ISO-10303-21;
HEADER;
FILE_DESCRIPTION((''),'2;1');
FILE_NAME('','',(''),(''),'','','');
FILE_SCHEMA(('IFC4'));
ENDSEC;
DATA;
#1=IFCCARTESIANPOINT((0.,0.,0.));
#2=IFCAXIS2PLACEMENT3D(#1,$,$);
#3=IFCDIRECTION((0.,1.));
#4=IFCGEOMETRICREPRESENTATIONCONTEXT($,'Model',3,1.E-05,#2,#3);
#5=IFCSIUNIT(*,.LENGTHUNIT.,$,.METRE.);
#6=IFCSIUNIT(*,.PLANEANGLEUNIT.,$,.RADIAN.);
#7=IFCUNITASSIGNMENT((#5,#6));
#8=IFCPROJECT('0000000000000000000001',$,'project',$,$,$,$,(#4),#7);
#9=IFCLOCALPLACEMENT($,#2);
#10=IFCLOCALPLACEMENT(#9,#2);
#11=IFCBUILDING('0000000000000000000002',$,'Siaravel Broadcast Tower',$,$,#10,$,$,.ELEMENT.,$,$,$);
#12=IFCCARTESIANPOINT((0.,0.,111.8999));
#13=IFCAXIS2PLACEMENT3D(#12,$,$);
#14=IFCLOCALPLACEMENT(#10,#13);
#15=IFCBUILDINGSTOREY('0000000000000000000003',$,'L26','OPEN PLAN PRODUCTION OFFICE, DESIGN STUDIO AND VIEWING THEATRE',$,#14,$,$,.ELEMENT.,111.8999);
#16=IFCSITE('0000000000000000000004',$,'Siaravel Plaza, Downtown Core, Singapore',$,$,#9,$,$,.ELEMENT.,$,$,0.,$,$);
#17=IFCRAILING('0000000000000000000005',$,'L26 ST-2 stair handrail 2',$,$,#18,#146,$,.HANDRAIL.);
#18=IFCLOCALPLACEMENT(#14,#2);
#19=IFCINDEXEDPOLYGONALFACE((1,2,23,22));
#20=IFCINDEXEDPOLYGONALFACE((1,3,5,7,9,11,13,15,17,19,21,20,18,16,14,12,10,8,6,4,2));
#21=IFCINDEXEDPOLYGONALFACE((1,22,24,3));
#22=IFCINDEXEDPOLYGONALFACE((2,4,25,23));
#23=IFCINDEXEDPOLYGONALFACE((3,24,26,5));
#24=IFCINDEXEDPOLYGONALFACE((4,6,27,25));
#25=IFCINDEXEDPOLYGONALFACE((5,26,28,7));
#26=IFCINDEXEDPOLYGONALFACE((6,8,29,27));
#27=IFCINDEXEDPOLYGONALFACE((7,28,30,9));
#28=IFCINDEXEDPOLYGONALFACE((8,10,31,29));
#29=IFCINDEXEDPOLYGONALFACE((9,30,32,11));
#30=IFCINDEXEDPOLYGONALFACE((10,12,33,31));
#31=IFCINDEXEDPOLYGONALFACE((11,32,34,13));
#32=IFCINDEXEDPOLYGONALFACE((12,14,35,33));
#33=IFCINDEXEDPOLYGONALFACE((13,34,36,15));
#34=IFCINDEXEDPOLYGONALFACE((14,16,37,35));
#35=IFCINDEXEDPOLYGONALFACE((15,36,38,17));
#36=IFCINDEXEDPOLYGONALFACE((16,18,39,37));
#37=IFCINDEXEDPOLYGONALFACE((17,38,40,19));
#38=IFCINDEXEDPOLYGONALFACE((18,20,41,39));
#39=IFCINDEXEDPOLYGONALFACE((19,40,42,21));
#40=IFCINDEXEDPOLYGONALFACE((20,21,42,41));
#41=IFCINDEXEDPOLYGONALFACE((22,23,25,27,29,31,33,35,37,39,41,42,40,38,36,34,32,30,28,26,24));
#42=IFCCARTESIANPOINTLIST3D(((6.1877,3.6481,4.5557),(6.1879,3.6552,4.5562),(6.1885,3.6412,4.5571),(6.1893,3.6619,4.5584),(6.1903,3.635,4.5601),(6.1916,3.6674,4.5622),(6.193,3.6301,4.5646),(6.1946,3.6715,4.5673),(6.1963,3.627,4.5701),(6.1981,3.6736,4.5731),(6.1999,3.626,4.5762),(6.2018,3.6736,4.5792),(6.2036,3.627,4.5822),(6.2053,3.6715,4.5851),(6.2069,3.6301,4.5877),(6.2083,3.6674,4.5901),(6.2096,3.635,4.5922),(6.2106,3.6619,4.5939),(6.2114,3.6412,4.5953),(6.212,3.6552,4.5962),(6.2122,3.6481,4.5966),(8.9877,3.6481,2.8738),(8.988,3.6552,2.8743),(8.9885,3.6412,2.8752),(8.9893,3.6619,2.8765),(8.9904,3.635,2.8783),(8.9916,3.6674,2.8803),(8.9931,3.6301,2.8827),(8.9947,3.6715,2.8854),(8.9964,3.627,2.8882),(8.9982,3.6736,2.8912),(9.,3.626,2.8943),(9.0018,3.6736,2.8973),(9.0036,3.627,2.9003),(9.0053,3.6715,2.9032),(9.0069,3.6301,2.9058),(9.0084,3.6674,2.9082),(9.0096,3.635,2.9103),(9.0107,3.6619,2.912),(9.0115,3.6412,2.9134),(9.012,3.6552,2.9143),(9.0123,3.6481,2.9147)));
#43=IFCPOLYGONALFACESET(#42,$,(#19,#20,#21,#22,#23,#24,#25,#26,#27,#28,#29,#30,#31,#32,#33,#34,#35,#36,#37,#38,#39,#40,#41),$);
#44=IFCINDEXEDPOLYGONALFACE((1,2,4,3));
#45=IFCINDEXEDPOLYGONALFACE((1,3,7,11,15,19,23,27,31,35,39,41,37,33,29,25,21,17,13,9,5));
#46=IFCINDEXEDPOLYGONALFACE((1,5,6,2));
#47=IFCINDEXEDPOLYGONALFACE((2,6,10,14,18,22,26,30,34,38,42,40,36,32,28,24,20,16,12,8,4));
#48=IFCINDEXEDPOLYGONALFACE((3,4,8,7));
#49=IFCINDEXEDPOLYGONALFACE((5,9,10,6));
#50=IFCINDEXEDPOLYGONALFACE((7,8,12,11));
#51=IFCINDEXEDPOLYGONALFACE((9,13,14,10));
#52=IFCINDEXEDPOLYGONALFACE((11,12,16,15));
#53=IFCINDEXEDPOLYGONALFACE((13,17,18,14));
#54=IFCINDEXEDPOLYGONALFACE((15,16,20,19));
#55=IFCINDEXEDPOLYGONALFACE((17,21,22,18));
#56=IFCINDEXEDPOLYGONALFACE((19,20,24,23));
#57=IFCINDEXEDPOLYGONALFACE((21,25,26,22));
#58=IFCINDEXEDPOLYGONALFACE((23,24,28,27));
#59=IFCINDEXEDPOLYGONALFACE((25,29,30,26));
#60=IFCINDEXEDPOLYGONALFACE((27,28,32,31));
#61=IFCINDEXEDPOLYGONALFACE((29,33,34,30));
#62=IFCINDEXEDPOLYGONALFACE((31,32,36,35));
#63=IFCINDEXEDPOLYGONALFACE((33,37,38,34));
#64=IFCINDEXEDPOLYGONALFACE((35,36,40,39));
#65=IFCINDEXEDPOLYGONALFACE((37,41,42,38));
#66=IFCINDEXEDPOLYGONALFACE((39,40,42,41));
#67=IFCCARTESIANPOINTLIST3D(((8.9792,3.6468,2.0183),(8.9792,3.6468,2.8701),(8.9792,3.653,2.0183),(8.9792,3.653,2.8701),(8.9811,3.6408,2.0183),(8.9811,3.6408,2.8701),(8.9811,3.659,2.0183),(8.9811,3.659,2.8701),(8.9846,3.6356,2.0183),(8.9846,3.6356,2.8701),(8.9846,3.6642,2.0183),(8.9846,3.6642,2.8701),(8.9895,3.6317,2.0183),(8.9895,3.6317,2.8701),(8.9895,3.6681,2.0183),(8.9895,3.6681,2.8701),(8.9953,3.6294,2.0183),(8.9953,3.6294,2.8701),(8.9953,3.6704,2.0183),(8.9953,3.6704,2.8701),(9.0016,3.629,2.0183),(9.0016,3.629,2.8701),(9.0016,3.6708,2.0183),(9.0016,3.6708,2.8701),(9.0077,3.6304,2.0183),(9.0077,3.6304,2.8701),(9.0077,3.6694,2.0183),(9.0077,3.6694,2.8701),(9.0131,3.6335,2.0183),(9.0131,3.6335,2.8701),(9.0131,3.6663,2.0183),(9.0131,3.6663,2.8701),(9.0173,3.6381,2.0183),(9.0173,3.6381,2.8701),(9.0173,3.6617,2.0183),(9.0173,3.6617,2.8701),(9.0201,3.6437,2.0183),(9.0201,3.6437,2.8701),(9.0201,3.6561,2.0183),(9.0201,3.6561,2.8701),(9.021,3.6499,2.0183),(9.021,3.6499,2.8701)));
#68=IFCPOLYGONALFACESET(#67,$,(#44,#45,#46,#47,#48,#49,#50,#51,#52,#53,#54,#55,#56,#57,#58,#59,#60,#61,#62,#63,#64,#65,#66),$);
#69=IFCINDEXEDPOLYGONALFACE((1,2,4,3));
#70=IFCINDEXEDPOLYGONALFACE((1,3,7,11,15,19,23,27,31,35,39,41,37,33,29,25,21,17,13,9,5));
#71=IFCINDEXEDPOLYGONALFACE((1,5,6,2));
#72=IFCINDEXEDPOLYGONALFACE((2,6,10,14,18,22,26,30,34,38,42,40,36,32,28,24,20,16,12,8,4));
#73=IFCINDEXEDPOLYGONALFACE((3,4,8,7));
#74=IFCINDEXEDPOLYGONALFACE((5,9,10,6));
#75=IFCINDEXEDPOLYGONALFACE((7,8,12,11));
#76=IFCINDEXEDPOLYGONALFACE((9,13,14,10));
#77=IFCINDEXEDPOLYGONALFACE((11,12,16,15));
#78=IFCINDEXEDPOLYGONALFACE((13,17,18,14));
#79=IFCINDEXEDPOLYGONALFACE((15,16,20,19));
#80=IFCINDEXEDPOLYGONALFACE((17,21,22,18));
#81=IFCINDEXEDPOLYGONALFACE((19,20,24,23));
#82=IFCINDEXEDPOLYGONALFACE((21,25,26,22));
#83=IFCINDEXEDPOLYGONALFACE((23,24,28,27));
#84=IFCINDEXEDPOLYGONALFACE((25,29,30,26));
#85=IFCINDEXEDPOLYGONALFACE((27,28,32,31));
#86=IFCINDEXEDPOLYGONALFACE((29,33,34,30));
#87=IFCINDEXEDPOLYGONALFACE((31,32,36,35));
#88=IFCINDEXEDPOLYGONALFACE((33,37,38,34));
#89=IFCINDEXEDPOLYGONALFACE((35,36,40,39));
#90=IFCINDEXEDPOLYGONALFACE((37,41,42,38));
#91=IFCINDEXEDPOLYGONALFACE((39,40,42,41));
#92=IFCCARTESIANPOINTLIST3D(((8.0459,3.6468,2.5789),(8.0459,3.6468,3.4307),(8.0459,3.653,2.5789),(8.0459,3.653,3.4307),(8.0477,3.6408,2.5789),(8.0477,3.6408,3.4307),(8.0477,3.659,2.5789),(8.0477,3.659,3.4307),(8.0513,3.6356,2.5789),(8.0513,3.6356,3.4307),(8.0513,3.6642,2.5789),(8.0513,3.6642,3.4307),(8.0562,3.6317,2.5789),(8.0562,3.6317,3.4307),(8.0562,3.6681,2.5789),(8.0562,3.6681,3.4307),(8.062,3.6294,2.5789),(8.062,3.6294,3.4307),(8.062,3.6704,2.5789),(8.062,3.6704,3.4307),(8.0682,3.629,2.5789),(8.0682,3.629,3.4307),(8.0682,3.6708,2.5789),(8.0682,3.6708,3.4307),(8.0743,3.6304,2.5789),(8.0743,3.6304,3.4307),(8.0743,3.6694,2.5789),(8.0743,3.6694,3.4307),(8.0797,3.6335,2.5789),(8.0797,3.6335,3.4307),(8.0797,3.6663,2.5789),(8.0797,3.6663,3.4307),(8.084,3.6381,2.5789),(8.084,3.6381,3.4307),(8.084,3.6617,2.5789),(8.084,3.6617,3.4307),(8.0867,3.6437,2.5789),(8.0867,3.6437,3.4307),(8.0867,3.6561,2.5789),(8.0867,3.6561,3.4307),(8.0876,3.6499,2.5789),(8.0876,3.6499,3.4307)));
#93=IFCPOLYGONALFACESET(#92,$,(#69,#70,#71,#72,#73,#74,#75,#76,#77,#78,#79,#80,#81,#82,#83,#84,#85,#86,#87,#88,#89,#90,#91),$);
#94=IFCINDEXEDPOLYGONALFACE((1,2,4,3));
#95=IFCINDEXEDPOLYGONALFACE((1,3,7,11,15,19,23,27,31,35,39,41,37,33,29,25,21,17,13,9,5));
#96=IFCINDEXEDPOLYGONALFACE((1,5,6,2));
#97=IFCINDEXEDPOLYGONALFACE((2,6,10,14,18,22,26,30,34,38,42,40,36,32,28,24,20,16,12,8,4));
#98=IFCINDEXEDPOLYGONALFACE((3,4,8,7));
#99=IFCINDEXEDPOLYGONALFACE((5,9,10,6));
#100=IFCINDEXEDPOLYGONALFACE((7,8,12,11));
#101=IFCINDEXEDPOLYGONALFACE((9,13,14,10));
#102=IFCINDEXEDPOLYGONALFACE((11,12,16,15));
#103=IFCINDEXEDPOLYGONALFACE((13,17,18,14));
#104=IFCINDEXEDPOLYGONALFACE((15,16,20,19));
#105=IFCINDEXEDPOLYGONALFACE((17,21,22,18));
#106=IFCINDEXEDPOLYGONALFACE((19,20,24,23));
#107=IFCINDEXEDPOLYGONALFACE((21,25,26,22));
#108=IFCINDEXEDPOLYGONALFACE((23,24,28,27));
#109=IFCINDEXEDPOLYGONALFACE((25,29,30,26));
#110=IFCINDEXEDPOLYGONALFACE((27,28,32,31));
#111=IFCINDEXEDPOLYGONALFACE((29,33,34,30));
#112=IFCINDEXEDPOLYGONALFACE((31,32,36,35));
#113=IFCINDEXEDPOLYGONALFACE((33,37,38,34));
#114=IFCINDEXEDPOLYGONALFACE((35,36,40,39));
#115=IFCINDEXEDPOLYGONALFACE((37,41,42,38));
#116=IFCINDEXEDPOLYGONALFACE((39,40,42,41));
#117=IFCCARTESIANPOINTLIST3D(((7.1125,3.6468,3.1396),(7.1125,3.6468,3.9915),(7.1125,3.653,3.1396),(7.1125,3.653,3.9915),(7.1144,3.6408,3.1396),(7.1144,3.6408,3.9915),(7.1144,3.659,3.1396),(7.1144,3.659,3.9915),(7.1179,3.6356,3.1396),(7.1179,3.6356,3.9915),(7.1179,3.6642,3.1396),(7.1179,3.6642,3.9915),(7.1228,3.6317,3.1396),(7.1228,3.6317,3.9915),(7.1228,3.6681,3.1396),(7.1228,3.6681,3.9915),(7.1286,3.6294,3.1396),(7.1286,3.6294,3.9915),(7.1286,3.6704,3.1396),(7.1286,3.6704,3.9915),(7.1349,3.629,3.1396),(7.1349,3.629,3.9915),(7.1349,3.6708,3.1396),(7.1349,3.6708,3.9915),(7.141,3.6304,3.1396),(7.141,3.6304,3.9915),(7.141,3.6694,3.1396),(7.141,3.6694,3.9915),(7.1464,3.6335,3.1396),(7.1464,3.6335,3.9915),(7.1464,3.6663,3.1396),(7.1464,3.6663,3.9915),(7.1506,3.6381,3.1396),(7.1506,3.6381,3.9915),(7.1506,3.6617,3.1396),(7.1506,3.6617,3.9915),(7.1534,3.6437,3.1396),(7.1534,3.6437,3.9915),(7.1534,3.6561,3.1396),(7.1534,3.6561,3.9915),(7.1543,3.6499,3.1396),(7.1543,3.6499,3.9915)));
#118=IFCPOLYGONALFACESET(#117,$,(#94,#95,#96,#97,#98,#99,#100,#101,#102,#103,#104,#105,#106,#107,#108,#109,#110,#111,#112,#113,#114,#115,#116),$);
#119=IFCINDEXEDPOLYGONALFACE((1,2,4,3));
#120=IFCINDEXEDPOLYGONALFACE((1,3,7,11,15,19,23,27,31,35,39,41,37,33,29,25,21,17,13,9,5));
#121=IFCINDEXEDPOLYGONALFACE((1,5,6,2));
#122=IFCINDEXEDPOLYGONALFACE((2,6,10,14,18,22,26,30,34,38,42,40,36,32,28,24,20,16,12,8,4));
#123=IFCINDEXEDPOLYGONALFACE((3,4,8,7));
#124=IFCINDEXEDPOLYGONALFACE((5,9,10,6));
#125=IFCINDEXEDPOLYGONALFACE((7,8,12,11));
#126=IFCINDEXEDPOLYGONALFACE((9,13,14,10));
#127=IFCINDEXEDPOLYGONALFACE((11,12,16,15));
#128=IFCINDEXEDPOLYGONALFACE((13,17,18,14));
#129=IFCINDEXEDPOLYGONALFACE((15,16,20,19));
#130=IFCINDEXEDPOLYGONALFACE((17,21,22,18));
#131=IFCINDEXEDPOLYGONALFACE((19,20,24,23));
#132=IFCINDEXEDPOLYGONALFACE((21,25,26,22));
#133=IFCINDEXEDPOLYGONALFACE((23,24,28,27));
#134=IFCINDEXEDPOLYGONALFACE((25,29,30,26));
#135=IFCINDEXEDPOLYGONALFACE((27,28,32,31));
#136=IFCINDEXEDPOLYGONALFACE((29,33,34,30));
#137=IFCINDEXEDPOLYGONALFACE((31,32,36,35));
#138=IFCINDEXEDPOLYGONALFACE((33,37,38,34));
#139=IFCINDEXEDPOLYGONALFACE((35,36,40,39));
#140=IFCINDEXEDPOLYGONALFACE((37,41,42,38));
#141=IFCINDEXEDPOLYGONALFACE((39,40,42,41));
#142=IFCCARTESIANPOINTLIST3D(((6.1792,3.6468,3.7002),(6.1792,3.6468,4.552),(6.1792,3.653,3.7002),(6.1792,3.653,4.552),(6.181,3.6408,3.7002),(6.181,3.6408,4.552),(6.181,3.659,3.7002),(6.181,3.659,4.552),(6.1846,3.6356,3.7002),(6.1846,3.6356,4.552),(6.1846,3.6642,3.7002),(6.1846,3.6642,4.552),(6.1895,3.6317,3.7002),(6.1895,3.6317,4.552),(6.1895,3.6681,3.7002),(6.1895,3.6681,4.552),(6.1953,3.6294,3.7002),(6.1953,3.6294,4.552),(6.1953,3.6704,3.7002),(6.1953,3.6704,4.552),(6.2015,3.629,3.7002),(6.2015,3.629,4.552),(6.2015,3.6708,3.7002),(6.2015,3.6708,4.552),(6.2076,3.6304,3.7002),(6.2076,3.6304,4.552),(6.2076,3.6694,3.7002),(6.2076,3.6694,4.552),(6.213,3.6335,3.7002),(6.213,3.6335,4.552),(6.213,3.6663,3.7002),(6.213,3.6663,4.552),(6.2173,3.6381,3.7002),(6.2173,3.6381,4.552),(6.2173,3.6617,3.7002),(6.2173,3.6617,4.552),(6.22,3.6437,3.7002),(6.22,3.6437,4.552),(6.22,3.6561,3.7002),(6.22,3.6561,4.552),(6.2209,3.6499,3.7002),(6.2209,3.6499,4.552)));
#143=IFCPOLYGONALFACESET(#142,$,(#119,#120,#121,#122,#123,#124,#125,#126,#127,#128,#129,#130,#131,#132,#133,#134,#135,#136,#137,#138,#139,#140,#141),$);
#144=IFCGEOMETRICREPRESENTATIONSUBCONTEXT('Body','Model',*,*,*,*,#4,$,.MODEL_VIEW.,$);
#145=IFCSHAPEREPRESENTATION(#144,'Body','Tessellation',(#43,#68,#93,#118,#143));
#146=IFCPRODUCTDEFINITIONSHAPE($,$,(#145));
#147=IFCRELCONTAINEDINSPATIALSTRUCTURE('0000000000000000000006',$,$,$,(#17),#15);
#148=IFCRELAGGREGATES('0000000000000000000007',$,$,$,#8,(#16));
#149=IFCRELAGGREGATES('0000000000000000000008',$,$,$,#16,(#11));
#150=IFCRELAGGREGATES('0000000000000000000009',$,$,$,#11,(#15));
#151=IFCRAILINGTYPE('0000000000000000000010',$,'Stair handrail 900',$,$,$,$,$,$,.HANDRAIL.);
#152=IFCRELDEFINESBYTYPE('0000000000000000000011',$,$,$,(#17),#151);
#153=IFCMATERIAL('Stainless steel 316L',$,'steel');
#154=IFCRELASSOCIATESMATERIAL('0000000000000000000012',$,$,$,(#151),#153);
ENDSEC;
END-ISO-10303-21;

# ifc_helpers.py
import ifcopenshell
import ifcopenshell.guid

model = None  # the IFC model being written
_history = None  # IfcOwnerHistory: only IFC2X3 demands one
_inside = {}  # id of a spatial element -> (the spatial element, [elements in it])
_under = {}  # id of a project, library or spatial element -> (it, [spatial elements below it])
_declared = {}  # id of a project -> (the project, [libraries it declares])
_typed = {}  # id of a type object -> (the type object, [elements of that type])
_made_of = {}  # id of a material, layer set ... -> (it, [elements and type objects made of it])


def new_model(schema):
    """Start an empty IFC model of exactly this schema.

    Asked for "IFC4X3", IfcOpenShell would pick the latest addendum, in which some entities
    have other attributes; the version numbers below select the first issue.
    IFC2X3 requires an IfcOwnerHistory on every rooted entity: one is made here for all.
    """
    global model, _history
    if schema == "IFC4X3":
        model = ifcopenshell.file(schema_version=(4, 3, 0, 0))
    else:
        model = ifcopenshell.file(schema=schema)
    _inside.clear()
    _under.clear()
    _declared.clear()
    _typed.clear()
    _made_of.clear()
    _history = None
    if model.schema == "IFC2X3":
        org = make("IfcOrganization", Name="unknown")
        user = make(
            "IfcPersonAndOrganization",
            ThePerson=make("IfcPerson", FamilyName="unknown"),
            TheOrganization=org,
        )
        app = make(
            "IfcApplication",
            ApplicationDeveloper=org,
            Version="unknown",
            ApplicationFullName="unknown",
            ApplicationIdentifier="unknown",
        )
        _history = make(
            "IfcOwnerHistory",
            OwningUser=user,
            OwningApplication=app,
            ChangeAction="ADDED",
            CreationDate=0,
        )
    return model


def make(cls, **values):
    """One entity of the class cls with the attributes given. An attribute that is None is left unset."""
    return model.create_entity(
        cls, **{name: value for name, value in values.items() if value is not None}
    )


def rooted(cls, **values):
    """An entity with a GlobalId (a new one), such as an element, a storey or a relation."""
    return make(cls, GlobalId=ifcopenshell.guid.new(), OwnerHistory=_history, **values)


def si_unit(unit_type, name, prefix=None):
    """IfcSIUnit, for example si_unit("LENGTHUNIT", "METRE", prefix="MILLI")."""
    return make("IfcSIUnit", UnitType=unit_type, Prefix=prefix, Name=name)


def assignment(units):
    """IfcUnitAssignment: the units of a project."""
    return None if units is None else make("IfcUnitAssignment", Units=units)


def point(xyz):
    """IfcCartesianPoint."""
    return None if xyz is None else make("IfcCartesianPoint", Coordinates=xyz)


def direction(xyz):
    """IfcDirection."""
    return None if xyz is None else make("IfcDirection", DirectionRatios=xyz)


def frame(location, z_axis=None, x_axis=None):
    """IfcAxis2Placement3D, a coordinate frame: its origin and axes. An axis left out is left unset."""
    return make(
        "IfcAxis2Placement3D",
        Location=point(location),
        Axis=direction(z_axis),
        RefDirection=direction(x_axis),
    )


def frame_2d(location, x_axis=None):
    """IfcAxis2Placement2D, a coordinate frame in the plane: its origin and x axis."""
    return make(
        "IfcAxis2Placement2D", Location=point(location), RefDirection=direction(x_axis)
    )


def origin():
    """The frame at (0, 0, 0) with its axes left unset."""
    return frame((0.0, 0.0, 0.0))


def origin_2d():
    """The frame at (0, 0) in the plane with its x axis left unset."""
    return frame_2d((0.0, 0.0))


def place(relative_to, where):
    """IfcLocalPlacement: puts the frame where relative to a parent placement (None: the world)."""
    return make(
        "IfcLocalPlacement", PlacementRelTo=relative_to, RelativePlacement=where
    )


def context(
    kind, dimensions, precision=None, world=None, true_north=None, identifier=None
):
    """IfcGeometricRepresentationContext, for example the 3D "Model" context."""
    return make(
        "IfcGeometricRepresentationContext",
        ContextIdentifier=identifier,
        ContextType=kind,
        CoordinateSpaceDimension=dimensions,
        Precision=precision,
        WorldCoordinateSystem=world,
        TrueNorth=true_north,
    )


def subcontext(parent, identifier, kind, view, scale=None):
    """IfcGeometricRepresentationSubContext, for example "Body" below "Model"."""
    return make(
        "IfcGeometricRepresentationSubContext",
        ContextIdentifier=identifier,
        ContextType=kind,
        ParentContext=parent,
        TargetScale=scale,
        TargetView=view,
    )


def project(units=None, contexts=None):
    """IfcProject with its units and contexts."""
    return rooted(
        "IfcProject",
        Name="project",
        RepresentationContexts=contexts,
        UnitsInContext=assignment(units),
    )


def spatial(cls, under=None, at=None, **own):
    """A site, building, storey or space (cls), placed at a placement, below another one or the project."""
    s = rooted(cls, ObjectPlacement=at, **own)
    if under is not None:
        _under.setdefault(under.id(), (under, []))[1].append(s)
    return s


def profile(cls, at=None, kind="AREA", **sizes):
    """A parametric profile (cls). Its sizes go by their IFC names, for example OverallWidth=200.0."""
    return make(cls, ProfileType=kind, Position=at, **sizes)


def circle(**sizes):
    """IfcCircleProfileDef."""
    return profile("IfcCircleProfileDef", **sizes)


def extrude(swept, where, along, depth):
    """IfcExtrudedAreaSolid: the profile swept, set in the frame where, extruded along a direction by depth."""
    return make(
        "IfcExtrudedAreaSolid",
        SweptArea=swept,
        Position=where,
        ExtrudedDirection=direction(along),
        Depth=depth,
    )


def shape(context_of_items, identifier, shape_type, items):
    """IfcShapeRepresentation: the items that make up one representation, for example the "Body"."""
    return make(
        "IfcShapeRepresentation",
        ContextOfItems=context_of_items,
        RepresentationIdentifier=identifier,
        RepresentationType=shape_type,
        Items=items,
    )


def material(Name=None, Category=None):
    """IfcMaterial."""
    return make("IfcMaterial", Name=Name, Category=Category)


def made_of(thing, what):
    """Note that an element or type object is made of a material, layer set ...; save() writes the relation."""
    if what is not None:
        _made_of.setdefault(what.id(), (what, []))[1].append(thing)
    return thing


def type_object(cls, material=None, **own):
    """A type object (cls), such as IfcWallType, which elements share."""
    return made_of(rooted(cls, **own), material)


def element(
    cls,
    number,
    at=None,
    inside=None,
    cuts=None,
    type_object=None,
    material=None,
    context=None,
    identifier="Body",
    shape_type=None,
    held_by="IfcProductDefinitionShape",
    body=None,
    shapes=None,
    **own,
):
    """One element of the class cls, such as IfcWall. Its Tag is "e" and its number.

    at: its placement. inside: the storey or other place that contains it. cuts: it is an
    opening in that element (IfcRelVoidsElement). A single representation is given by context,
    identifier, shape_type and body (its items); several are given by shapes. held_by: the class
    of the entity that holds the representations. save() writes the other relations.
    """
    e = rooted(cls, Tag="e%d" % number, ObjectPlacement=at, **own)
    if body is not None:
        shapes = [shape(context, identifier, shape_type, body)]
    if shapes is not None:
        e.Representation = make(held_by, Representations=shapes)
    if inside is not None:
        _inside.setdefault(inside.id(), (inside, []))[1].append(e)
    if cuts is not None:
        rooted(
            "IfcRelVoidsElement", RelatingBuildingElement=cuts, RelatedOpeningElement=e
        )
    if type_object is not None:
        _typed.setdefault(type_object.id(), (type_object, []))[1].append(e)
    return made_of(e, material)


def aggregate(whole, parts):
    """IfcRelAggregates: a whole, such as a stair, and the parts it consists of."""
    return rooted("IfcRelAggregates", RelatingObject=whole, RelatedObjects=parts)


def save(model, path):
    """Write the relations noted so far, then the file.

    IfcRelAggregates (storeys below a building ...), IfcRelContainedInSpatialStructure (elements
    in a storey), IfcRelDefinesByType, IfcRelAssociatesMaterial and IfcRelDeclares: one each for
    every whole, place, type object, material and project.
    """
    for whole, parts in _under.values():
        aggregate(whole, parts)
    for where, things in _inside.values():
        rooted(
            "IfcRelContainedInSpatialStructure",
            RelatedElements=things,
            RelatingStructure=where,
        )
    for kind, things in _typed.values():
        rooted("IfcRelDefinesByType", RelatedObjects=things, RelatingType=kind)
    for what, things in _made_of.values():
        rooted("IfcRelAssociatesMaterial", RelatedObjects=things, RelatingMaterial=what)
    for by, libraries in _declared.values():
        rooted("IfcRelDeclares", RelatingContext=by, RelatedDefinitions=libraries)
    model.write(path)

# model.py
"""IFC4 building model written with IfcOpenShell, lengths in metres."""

from ifc_helpers import new_model, si_unit, direction, frame, origin, origin_2d, place, context, subcontext, project, spatial, circle, extrude, material, type_object, element, save


model = new_model("IFC4")

# Units and contexts
model_context = context("Model", 3, precision=1e-05, world=origin(), true_north=direction((0.0, 1.0)))
body_context = subcontext(model_context, "Body", "Model", "MODEL_VIEW")
ifc_project = project(units=[si_unit("LENGTHUNIT", "METRE"), si_unit("PLANEANGLEUNIT", "RADIAN")], contexts=[model_context])

# Site, building, storey
site_placement = place(None, origin())
site = spatial("IfcSite", under=ifc_project, at=site_placement, Name="Siaravel Plaza, Downtown Core, Singapore", CompositionType="ELEMENT", RefElevation=0.0)
building_placement = place(site_placement, origin())
building = spatial("IfcBuilding", under=site, at=building_placement, Name="Siaravel Broadcast Tower", CompositionType="ELEMENT")
storey_placement = place(building_placement, frame((0.0, 0.0, 111.8999)))
storey = spatial("IfcBuildingStorey", under=building, at=storey_placement, Name="L26", Description="OPEN PLAN PRODUCTION OFFICE, DESIGN STUDIO AND VIEWING THEATRE", CompositionType="ELEMENT", Elevation=111.8999)

# Railing
ifc_material_1 = material(Name="Stainless steel 316L", Category="steel")
railing_type_1 = type_object("IfcRailingType", Name="Stair handrail 900", PredefinedType="HANDRAIL", material=ifc_material_1)
railing_1_placement = place(storey_placement, frame((9.0, 3.6499, 2.0183)))
element("IfcRailing", 1, at=railing_1_placement, inside=storey, type_object=railing_type_1, Name="L26 ST-2 stair handrail 2", PredefinedType="HANDRAIL", context=body_context, shape_type="SweptSolid", body=[
    extrude(circle(Radius=0.0239, at=origin_2d()), frame((0.0, 0.0, 0.876), z_axis=(-0.857242, 0.0, 0.514913), x_axis=(0.0, -1.0, 0.0)), (0.0, 0.0, 1.0), 3.2664),
    extrude(circle(Radius=0.021, at=origin_2d()), origin(), (0.0, 0.0, 1.0), 0.8518),
    extrude(circle(Radius=0.021, at=origin_2d()), frame((-0.9333, 0.0, 0.5605)), (0.0, 0.0, 1.0), 0.8518),
    extrude(circle(Radius=0.021, at=origin_2d()), frame((-1.8667, 0.0, 1.1213)), (0.0, 0.0, 1.0), 0.8518),
    extrude(circle(Radius=0.021, at=origin_2d()), frame((-2.8, 0.0, 1.6819)), (0.0, 0.0, 1.0), 0.8518),
])

save(model, "model.ifc")
